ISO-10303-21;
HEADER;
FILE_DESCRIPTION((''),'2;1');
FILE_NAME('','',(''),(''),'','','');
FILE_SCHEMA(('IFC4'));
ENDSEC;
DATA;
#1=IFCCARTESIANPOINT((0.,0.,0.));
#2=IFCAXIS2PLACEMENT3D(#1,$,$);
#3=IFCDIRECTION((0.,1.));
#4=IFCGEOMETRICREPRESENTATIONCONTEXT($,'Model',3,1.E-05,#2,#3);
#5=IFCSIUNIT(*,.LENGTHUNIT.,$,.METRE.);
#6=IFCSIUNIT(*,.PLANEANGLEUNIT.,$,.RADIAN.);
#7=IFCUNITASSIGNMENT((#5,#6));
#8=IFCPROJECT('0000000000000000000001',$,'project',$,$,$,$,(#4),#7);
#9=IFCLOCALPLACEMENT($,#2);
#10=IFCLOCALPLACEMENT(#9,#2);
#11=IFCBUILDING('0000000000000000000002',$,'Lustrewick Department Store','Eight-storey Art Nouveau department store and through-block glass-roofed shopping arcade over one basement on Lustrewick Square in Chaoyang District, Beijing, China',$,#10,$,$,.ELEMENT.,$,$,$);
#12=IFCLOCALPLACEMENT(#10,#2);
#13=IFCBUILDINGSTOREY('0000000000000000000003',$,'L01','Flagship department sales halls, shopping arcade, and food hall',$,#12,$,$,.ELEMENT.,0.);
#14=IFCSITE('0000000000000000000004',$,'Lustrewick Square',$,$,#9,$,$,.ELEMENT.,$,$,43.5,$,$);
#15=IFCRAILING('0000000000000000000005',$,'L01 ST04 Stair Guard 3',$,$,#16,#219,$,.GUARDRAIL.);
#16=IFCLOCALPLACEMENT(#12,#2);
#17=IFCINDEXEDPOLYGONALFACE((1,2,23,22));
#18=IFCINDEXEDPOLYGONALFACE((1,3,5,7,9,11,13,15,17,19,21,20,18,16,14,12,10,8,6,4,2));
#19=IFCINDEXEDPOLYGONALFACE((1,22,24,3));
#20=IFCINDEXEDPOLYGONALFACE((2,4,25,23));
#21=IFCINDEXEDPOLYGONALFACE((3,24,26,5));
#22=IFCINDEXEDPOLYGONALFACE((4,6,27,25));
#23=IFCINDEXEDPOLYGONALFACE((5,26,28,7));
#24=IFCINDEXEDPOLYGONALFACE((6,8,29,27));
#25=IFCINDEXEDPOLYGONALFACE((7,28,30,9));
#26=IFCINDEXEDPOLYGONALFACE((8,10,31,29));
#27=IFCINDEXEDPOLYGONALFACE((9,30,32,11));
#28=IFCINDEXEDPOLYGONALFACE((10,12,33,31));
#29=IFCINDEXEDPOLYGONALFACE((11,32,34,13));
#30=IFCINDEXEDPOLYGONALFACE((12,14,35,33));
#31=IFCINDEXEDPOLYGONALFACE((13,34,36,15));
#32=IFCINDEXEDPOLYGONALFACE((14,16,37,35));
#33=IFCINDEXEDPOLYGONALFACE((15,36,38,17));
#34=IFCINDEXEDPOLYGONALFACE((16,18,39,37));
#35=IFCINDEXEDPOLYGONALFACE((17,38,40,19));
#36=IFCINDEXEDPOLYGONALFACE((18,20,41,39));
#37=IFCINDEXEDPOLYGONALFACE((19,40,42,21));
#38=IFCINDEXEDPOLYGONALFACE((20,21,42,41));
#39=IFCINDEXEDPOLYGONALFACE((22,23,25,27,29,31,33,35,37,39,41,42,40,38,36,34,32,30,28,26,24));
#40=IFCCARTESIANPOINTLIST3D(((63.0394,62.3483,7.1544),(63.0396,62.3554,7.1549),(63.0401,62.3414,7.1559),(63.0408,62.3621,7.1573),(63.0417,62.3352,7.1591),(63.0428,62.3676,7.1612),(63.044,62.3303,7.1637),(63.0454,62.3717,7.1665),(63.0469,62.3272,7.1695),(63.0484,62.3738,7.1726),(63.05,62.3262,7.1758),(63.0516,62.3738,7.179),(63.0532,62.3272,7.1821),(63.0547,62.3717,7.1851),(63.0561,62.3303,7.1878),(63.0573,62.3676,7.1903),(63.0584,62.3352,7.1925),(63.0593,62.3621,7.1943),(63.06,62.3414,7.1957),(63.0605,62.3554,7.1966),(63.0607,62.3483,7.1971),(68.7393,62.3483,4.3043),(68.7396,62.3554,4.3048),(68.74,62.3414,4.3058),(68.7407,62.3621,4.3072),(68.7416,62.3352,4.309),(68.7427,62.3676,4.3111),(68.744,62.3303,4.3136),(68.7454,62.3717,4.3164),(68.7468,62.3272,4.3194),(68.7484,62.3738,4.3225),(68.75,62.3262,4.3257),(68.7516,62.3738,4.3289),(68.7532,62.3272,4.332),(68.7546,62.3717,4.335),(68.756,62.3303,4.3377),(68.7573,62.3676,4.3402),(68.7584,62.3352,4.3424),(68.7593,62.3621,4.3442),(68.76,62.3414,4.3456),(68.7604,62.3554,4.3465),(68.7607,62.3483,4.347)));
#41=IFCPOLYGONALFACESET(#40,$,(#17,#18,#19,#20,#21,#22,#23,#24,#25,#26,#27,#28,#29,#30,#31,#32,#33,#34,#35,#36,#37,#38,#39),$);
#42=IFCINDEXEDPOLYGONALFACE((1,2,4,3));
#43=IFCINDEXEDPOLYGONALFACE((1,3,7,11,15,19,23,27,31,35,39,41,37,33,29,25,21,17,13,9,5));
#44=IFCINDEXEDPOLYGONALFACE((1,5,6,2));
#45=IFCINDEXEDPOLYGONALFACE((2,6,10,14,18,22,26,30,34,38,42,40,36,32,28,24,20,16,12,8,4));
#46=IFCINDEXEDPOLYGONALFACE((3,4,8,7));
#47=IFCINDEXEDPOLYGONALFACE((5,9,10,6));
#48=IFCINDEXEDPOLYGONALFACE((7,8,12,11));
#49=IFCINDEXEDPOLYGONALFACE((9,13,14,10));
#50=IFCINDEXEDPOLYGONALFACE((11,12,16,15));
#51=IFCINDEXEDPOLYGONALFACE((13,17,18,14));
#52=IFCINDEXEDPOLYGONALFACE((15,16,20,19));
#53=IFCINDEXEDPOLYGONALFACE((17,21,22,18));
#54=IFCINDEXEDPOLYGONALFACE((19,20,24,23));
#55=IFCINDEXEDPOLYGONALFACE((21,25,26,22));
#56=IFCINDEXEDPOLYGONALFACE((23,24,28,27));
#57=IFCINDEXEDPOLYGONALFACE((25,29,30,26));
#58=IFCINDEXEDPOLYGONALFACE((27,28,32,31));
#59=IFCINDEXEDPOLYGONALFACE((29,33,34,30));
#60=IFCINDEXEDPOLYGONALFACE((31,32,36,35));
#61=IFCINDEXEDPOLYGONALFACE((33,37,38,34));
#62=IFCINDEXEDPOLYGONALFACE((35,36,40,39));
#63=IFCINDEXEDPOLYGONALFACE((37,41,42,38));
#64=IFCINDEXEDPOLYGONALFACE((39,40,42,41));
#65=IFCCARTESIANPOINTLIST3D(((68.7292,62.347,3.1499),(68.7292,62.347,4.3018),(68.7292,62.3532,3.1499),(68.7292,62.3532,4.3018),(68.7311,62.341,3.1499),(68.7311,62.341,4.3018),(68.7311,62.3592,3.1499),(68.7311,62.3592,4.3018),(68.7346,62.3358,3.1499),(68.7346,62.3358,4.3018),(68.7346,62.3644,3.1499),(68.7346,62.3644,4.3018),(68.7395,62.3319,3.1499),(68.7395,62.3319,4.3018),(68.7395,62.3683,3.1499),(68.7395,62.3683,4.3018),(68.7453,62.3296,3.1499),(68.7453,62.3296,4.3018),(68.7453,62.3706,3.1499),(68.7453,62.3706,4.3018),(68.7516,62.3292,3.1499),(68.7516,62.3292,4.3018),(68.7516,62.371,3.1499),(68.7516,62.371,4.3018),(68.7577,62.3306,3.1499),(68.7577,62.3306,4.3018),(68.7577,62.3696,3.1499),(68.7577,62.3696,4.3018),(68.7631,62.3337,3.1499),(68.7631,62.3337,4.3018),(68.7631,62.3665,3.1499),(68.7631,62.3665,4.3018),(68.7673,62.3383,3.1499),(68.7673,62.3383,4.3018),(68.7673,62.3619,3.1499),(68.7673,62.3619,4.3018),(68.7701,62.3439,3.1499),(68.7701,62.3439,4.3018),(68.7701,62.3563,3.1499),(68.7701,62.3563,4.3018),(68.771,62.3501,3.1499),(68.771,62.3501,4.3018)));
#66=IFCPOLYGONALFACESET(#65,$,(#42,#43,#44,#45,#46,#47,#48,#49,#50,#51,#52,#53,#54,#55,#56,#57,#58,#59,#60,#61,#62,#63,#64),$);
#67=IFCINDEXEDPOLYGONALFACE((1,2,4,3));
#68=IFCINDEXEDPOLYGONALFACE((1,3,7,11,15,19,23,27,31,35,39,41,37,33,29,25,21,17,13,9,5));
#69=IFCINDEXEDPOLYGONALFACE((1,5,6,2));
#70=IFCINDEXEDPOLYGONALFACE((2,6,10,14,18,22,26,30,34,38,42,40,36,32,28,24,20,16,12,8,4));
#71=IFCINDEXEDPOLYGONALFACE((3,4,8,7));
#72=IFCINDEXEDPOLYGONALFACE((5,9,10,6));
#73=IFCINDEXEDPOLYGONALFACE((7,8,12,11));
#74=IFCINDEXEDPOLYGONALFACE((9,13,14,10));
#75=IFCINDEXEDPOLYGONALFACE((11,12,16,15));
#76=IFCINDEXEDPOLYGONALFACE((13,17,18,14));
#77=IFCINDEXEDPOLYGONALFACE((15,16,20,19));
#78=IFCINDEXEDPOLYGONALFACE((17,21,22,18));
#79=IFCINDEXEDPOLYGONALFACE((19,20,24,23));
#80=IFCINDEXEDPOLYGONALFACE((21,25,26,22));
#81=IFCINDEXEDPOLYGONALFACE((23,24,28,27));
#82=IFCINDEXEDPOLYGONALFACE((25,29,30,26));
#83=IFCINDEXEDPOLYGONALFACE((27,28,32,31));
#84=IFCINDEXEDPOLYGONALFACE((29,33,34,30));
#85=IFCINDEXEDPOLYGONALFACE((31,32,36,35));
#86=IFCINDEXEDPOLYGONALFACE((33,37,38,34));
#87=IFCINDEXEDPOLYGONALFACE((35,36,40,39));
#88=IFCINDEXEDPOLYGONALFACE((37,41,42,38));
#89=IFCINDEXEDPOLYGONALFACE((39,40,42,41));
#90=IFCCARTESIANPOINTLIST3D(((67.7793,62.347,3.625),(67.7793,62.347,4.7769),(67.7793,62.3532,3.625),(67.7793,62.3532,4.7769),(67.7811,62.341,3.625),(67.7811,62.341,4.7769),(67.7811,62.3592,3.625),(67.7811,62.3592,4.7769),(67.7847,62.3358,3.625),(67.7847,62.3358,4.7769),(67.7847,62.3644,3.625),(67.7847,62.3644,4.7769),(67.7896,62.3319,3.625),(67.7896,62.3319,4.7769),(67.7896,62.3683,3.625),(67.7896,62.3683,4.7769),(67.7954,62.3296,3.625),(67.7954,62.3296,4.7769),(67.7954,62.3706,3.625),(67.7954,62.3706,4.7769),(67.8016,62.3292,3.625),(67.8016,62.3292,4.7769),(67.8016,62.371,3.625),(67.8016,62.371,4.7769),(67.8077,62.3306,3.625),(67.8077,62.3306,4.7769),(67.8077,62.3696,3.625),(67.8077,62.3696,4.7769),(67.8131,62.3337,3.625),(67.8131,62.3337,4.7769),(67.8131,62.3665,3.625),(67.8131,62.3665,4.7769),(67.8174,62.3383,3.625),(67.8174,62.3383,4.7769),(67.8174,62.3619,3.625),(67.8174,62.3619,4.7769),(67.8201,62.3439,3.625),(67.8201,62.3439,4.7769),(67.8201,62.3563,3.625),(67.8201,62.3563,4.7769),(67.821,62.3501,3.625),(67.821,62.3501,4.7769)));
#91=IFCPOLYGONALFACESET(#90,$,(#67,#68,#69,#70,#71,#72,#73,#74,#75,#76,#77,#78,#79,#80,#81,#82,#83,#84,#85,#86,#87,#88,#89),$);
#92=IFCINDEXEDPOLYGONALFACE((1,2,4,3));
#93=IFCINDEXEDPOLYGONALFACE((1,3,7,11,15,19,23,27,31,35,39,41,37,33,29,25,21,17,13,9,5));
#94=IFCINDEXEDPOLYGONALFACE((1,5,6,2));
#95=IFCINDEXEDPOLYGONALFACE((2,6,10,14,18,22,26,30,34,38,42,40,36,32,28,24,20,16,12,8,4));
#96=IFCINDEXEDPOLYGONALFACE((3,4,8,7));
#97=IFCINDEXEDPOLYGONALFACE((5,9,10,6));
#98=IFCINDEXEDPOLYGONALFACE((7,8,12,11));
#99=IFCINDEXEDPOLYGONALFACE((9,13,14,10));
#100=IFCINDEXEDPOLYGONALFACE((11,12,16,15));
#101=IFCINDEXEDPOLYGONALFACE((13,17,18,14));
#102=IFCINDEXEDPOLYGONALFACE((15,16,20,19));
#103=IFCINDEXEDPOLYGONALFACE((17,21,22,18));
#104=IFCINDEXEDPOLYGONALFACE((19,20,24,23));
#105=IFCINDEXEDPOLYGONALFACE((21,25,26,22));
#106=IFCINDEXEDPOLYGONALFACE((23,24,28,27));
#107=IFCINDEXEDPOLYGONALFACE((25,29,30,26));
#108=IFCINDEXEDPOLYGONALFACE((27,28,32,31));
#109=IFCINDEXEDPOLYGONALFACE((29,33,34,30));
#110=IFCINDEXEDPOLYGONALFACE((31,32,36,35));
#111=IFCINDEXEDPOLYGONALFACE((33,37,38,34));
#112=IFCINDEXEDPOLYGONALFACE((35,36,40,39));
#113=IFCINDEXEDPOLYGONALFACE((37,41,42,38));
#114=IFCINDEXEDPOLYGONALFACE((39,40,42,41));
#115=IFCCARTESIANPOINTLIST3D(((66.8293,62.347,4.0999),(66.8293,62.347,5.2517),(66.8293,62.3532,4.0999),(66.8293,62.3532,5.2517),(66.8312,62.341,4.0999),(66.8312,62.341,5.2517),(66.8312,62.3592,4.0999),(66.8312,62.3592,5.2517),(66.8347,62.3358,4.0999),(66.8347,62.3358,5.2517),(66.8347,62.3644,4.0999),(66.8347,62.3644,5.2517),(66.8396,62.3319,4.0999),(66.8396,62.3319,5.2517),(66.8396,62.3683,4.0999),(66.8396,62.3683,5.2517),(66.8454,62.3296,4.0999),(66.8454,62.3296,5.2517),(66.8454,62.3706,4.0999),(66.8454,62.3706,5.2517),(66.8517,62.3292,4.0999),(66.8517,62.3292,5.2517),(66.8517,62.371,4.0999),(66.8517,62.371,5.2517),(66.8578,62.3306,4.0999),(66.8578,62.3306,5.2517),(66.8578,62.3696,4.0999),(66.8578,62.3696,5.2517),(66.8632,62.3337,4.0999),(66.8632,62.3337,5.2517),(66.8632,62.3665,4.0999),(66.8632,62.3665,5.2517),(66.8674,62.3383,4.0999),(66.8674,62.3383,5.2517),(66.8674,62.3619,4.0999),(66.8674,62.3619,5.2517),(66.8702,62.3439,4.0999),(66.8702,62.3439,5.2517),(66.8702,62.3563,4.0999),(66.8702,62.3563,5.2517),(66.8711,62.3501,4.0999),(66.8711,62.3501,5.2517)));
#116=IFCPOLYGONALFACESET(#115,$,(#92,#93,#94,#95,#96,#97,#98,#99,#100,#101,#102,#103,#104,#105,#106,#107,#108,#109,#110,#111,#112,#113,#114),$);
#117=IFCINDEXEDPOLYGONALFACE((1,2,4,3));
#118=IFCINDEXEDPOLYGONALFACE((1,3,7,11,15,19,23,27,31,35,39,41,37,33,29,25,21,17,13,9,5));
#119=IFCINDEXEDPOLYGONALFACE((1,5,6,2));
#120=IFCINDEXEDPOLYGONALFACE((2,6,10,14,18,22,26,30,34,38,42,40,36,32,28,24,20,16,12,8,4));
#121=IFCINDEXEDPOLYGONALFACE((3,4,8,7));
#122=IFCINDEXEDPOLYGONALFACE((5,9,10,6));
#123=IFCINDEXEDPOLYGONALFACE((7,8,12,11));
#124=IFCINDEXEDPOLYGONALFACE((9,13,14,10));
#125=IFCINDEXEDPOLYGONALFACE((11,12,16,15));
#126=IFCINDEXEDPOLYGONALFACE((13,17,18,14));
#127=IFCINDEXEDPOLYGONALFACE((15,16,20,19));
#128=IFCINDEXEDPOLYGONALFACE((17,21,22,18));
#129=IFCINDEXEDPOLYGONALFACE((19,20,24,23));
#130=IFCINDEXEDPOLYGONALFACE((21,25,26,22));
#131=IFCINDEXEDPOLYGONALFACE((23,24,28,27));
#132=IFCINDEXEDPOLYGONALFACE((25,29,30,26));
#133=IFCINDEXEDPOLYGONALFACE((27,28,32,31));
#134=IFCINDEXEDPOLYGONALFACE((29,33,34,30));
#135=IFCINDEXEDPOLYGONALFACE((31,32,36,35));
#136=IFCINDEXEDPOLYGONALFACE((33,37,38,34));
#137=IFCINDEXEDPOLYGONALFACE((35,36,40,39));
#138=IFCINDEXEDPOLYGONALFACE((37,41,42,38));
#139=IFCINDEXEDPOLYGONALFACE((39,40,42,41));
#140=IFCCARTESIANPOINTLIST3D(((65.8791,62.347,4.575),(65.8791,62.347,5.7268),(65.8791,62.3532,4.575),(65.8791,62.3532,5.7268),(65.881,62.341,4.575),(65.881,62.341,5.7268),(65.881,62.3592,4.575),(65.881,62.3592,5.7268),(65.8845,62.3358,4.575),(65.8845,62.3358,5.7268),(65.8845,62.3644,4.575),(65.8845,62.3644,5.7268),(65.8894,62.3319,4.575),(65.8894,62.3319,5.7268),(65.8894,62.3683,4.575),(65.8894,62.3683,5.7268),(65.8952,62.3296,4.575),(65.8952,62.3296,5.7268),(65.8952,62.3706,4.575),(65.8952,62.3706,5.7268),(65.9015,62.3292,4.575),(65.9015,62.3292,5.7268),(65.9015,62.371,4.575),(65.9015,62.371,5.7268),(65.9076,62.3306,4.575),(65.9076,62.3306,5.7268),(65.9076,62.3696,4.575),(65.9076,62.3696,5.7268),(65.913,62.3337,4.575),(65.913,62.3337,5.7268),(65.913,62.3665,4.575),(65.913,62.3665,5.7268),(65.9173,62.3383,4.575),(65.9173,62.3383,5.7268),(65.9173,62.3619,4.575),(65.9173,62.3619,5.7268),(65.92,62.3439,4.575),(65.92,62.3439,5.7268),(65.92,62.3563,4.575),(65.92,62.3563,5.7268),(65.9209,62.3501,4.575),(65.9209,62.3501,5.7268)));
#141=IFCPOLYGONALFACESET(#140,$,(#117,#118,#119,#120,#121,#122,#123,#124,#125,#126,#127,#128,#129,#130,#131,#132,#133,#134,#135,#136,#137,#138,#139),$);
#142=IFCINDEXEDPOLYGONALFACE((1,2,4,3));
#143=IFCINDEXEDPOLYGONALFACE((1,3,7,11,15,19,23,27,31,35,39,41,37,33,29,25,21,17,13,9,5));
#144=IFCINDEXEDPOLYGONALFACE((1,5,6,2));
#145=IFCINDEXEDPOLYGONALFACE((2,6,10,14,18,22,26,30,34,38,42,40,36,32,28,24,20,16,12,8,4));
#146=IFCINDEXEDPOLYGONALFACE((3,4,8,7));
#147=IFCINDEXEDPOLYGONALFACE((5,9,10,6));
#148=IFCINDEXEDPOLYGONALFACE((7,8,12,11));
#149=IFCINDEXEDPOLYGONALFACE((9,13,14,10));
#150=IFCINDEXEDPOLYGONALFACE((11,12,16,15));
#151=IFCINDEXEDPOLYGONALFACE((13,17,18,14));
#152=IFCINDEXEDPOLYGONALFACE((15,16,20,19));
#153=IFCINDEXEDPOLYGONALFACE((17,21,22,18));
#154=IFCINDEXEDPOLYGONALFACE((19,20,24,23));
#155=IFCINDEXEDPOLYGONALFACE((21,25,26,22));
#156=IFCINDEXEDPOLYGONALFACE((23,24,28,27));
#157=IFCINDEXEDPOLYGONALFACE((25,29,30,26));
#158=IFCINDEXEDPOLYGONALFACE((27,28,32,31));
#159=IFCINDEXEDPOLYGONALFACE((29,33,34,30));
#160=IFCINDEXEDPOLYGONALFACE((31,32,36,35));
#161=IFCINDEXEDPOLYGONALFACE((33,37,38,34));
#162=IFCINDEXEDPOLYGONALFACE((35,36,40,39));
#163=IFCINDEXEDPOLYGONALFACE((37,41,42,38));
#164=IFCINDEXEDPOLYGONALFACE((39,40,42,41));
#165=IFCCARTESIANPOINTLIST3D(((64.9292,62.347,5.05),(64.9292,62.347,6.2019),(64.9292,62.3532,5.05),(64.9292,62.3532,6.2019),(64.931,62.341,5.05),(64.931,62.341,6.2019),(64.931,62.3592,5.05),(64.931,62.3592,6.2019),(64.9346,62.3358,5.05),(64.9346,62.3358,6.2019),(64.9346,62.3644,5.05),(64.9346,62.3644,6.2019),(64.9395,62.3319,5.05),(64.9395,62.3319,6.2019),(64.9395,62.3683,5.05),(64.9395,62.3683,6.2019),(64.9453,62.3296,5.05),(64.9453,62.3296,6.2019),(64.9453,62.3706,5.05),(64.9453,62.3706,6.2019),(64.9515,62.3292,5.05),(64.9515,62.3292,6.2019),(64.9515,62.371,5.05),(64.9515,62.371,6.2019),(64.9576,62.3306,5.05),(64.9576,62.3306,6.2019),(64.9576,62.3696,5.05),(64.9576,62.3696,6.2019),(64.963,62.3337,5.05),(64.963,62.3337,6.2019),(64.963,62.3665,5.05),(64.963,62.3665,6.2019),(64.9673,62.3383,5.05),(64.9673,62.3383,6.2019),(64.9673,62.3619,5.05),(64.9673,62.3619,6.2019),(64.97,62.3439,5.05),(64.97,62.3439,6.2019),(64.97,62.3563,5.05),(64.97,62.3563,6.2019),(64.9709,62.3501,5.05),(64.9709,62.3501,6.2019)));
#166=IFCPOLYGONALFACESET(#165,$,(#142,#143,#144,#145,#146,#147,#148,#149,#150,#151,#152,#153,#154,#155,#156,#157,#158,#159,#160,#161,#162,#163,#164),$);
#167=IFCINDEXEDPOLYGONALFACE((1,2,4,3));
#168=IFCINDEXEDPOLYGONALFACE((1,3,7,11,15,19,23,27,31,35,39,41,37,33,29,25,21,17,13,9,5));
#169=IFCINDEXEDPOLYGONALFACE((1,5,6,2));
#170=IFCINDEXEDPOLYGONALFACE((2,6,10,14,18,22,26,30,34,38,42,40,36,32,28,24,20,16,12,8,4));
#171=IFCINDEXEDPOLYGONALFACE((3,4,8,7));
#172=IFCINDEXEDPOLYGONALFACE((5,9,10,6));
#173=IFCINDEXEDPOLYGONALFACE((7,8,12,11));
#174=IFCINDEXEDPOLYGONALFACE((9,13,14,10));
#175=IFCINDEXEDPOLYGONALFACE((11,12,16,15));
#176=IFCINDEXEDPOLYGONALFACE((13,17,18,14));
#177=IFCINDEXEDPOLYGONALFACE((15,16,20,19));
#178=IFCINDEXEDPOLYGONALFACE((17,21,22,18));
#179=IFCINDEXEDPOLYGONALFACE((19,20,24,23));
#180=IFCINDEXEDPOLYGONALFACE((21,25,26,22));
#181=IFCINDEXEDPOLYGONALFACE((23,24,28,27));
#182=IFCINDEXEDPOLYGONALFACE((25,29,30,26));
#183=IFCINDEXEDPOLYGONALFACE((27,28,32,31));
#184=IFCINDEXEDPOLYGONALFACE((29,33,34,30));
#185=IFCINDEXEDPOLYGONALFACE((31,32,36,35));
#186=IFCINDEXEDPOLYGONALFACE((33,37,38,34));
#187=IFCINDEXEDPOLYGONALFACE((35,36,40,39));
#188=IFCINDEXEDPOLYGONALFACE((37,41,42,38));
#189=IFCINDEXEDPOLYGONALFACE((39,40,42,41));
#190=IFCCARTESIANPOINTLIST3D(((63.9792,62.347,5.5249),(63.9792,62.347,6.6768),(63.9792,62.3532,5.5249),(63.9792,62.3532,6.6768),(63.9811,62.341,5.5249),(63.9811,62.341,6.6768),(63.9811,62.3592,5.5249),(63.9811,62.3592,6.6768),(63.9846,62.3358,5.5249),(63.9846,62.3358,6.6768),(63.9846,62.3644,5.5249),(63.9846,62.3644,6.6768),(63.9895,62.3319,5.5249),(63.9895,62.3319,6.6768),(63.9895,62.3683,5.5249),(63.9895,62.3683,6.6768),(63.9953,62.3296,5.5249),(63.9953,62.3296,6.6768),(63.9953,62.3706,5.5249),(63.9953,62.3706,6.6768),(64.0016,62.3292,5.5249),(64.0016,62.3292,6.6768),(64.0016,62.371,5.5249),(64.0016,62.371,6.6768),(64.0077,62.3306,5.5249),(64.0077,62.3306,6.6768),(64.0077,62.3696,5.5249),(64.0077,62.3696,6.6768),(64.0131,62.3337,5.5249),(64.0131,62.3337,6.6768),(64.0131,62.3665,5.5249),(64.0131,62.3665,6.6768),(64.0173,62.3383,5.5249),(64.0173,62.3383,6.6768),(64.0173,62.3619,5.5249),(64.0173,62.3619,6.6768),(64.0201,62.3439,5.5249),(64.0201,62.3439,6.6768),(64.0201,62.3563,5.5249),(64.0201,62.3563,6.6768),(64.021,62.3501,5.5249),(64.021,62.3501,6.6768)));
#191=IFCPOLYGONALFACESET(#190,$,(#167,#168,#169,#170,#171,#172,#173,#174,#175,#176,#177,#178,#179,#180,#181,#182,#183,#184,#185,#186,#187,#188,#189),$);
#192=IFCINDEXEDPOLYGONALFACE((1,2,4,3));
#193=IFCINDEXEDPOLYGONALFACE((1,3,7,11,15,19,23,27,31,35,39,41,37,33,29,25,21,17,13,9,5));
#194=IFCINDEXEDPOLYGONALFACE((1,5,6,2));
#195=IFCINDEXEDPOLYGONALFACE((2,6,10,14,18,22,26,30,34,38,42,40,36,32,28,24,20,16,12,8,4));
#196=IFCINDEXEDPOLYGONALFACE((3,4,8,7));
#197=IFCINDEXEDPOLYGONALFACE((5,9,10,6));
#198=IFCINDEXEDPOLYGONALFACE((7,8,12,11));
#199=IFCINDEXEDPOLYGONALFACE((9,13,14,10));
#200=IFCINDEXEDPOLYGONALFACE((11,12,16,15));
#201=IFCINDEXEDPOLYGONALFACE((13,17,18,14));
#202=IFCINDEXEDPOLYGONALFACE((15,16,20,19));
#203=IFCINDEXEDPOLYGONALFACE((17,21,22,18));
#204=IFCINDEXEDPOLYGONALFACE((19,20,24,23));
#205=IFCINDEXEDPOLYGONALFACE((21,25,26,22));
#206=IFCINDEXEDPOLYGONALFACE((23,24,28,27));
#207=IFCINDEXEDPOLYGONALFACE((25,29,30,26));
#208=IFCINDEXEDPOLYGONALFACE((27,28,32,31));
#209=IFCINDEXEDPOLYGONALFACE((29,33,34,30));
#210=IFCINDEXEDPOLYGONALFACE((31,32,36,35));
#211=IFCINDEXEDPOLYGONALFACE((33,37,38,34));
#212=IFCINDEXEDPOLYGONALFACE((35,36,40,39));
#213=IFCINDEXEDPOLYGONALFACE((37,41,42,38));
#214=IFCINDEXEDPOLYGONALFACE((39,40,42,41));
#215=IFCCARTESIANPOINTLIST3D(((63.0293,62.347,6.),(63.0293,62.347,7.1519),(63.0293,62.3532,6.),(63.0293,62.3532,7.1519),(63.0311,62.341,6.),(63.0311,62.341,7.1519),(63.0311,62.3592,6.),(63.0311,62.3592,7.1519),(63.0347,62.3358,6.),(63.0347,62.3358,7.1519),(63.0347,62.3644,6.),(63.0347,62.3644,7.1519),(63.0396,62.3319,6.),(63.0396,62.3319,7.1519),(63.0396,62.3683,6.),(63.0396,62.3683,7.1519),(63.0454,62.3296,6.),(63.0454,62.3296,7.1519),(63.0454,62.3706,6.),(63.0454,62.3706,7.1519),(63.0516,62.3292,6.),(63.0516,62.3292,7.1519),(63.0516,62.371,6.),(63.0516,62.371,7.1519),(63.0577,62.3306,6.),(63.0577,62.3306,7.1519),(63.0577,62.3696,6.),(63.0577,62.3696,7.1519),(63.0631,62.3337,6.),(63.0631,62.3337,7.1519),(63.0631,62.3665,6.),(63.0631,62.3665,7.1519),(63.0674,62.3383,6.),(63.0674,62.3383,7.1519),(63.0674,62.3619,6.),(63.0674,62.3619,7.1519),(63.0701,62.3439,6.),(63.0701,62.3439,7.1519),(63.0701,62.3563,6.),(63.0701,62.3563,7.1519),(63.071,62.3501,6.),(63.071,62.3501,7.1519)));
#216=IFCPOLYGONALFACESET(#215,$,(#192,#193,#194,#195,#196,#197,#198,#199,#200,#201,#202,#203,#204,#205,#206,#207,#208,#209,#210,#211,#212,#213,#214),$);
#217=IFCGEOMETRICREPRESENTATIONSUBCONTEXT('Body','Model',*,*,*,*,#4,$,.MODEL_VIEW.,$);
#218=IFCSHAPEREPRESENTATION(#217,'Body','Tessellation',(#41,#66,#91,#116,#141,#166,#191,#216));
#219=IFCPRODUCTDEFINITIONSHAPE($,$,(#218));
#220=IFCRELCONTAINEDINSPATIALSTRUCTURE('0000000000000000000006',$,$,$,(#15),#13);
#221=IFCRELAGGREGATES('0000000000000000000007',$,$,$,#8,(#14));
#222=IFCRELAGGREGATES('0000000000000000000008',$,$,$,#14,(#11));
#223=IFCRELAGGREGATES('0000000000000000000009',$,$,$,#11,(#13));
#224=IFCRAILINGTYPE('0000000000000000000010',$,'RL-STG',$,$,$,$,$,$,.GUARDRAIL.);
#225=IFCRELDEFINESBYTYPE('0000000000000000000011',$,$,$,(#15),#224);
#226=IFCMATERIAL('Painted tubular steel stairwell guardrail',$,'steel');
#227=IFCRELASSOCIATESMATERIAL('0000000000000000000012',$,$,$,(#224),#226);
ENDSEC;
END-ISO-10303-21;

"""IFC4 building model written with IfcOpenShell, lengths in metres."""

from ifc_helpers import new_model, si_unit, direction, frame, origin, origin_2d, place, context, subcontext, project, spatial, circle, extrude, material, type_object, element, save


model = new_model("IFC4")

# Units and contexts
model_context = context("Model", 3, precision=1e-05, world=origin(), true_north=direction((0.0, 1.0)))
body_context = subcontext(model_context, "Body", "Model", "MODEL_VIEW")
ifc_project = project(units=[si_unit("LENGTHUNIT", "METRE"), si_unit("PLANEANGLEUNIT", "RADIAN")], contexts=[model_context])

# Site, building, storey
site_placement = place(None, origin())
site = spatial("IfcSite", under=ifc_project, at=site_placement, Name="Lustrewick Square", CompositionType="ELEMENT", RefElevation=43.5)
building_placement = place(site_placement, origin())
building = spatial("IfcBuilding", under=site, at=building_placement, Name="Lustrewick Department Store", Description="Eight-storey Art Nouveau department store and through-block glass-roofed shopping arcade over one basement on Lustrewick Square in Chaoyang District, Beijing, China", CompositionType="ELEMENT")
storey_placement = place(building_placement, origin())
storey = spatial("IfcBuildingStorey", under=building, at=storey_placement, Name="L01", Description="Flagship department sales halls, shopping arcade, and food hall", CompositionType="ELEMENT", Elevation=0.0)

# Railing
ifc_material_1 = material(Name="Painted tubular steel stairwell guardrail", Category="steel")
railing_type_1 = type_object("IfcRailingType", Name="RL-STG", PredefinedType="GUARDRAIL", material=ifc_material_1)
railing_1_placement = place(storey_placement, frame((68.75, 62.3501, 3.1499)))
element("IfcRailing", 1, at=railing_1_placement, inside=storey, type_object=railing_type_1, Name="L01 ST04 Stair Guard 3", PredefinedType="GUARDRAIL", context=body_context, shape_type="SweptSolid", body=[
    extrude(circle(Radius=0.0239, at=origin_2d()), frame((0.0, 0.0, 1.1758), z_axis=(-0.89442, 0.0, 0.447229), x_axis=(0.0, -1.0, 0.0)), (0.0, 0.0, 1.0), 6.3728),
    extrude(circle(Radius=0.021, at=origin_2d()), origin(), (0.0, 0.0, 1.0), 1.1519),
    extrude(circle(Radius=0.021, at=origin_2d()), frame((-0.95, 0.0, 0.4751)), (0.0, 0.0, 1.0), 1.1519),
    extrude(circle(Radius=0.021, at=origin_2d()), frame((-1.8999, 0.0, 0.95)), (0.0, 0.0, 1.0), 1.1519),
    extrude(circle(Radius=0.021, at=origin_2d()), frame((-2.8501, 0.0, 1.425)), (0.0, 0.0, 1.0), 1.1519),
    extrude(circle(Radius=0.021, at=origin_2d()), frame((-3.8, 0.0, 1.9001)), (0.0, 0.0, 1.0), 1.1519),
    extrude(circle(Radius=0.021, at=origin_2d()), frame((-4.75, 0.0, 2.375)), (0.0, 0.0, 1.0), 1.1519),
    extrude(circle(Radius=0.021, at=origin_2d()), frame((-5.7, 0.0, 2.8501)), (0.0, 0.0, 1.0), 1.1519),
])

save(model, "model.ifc")
